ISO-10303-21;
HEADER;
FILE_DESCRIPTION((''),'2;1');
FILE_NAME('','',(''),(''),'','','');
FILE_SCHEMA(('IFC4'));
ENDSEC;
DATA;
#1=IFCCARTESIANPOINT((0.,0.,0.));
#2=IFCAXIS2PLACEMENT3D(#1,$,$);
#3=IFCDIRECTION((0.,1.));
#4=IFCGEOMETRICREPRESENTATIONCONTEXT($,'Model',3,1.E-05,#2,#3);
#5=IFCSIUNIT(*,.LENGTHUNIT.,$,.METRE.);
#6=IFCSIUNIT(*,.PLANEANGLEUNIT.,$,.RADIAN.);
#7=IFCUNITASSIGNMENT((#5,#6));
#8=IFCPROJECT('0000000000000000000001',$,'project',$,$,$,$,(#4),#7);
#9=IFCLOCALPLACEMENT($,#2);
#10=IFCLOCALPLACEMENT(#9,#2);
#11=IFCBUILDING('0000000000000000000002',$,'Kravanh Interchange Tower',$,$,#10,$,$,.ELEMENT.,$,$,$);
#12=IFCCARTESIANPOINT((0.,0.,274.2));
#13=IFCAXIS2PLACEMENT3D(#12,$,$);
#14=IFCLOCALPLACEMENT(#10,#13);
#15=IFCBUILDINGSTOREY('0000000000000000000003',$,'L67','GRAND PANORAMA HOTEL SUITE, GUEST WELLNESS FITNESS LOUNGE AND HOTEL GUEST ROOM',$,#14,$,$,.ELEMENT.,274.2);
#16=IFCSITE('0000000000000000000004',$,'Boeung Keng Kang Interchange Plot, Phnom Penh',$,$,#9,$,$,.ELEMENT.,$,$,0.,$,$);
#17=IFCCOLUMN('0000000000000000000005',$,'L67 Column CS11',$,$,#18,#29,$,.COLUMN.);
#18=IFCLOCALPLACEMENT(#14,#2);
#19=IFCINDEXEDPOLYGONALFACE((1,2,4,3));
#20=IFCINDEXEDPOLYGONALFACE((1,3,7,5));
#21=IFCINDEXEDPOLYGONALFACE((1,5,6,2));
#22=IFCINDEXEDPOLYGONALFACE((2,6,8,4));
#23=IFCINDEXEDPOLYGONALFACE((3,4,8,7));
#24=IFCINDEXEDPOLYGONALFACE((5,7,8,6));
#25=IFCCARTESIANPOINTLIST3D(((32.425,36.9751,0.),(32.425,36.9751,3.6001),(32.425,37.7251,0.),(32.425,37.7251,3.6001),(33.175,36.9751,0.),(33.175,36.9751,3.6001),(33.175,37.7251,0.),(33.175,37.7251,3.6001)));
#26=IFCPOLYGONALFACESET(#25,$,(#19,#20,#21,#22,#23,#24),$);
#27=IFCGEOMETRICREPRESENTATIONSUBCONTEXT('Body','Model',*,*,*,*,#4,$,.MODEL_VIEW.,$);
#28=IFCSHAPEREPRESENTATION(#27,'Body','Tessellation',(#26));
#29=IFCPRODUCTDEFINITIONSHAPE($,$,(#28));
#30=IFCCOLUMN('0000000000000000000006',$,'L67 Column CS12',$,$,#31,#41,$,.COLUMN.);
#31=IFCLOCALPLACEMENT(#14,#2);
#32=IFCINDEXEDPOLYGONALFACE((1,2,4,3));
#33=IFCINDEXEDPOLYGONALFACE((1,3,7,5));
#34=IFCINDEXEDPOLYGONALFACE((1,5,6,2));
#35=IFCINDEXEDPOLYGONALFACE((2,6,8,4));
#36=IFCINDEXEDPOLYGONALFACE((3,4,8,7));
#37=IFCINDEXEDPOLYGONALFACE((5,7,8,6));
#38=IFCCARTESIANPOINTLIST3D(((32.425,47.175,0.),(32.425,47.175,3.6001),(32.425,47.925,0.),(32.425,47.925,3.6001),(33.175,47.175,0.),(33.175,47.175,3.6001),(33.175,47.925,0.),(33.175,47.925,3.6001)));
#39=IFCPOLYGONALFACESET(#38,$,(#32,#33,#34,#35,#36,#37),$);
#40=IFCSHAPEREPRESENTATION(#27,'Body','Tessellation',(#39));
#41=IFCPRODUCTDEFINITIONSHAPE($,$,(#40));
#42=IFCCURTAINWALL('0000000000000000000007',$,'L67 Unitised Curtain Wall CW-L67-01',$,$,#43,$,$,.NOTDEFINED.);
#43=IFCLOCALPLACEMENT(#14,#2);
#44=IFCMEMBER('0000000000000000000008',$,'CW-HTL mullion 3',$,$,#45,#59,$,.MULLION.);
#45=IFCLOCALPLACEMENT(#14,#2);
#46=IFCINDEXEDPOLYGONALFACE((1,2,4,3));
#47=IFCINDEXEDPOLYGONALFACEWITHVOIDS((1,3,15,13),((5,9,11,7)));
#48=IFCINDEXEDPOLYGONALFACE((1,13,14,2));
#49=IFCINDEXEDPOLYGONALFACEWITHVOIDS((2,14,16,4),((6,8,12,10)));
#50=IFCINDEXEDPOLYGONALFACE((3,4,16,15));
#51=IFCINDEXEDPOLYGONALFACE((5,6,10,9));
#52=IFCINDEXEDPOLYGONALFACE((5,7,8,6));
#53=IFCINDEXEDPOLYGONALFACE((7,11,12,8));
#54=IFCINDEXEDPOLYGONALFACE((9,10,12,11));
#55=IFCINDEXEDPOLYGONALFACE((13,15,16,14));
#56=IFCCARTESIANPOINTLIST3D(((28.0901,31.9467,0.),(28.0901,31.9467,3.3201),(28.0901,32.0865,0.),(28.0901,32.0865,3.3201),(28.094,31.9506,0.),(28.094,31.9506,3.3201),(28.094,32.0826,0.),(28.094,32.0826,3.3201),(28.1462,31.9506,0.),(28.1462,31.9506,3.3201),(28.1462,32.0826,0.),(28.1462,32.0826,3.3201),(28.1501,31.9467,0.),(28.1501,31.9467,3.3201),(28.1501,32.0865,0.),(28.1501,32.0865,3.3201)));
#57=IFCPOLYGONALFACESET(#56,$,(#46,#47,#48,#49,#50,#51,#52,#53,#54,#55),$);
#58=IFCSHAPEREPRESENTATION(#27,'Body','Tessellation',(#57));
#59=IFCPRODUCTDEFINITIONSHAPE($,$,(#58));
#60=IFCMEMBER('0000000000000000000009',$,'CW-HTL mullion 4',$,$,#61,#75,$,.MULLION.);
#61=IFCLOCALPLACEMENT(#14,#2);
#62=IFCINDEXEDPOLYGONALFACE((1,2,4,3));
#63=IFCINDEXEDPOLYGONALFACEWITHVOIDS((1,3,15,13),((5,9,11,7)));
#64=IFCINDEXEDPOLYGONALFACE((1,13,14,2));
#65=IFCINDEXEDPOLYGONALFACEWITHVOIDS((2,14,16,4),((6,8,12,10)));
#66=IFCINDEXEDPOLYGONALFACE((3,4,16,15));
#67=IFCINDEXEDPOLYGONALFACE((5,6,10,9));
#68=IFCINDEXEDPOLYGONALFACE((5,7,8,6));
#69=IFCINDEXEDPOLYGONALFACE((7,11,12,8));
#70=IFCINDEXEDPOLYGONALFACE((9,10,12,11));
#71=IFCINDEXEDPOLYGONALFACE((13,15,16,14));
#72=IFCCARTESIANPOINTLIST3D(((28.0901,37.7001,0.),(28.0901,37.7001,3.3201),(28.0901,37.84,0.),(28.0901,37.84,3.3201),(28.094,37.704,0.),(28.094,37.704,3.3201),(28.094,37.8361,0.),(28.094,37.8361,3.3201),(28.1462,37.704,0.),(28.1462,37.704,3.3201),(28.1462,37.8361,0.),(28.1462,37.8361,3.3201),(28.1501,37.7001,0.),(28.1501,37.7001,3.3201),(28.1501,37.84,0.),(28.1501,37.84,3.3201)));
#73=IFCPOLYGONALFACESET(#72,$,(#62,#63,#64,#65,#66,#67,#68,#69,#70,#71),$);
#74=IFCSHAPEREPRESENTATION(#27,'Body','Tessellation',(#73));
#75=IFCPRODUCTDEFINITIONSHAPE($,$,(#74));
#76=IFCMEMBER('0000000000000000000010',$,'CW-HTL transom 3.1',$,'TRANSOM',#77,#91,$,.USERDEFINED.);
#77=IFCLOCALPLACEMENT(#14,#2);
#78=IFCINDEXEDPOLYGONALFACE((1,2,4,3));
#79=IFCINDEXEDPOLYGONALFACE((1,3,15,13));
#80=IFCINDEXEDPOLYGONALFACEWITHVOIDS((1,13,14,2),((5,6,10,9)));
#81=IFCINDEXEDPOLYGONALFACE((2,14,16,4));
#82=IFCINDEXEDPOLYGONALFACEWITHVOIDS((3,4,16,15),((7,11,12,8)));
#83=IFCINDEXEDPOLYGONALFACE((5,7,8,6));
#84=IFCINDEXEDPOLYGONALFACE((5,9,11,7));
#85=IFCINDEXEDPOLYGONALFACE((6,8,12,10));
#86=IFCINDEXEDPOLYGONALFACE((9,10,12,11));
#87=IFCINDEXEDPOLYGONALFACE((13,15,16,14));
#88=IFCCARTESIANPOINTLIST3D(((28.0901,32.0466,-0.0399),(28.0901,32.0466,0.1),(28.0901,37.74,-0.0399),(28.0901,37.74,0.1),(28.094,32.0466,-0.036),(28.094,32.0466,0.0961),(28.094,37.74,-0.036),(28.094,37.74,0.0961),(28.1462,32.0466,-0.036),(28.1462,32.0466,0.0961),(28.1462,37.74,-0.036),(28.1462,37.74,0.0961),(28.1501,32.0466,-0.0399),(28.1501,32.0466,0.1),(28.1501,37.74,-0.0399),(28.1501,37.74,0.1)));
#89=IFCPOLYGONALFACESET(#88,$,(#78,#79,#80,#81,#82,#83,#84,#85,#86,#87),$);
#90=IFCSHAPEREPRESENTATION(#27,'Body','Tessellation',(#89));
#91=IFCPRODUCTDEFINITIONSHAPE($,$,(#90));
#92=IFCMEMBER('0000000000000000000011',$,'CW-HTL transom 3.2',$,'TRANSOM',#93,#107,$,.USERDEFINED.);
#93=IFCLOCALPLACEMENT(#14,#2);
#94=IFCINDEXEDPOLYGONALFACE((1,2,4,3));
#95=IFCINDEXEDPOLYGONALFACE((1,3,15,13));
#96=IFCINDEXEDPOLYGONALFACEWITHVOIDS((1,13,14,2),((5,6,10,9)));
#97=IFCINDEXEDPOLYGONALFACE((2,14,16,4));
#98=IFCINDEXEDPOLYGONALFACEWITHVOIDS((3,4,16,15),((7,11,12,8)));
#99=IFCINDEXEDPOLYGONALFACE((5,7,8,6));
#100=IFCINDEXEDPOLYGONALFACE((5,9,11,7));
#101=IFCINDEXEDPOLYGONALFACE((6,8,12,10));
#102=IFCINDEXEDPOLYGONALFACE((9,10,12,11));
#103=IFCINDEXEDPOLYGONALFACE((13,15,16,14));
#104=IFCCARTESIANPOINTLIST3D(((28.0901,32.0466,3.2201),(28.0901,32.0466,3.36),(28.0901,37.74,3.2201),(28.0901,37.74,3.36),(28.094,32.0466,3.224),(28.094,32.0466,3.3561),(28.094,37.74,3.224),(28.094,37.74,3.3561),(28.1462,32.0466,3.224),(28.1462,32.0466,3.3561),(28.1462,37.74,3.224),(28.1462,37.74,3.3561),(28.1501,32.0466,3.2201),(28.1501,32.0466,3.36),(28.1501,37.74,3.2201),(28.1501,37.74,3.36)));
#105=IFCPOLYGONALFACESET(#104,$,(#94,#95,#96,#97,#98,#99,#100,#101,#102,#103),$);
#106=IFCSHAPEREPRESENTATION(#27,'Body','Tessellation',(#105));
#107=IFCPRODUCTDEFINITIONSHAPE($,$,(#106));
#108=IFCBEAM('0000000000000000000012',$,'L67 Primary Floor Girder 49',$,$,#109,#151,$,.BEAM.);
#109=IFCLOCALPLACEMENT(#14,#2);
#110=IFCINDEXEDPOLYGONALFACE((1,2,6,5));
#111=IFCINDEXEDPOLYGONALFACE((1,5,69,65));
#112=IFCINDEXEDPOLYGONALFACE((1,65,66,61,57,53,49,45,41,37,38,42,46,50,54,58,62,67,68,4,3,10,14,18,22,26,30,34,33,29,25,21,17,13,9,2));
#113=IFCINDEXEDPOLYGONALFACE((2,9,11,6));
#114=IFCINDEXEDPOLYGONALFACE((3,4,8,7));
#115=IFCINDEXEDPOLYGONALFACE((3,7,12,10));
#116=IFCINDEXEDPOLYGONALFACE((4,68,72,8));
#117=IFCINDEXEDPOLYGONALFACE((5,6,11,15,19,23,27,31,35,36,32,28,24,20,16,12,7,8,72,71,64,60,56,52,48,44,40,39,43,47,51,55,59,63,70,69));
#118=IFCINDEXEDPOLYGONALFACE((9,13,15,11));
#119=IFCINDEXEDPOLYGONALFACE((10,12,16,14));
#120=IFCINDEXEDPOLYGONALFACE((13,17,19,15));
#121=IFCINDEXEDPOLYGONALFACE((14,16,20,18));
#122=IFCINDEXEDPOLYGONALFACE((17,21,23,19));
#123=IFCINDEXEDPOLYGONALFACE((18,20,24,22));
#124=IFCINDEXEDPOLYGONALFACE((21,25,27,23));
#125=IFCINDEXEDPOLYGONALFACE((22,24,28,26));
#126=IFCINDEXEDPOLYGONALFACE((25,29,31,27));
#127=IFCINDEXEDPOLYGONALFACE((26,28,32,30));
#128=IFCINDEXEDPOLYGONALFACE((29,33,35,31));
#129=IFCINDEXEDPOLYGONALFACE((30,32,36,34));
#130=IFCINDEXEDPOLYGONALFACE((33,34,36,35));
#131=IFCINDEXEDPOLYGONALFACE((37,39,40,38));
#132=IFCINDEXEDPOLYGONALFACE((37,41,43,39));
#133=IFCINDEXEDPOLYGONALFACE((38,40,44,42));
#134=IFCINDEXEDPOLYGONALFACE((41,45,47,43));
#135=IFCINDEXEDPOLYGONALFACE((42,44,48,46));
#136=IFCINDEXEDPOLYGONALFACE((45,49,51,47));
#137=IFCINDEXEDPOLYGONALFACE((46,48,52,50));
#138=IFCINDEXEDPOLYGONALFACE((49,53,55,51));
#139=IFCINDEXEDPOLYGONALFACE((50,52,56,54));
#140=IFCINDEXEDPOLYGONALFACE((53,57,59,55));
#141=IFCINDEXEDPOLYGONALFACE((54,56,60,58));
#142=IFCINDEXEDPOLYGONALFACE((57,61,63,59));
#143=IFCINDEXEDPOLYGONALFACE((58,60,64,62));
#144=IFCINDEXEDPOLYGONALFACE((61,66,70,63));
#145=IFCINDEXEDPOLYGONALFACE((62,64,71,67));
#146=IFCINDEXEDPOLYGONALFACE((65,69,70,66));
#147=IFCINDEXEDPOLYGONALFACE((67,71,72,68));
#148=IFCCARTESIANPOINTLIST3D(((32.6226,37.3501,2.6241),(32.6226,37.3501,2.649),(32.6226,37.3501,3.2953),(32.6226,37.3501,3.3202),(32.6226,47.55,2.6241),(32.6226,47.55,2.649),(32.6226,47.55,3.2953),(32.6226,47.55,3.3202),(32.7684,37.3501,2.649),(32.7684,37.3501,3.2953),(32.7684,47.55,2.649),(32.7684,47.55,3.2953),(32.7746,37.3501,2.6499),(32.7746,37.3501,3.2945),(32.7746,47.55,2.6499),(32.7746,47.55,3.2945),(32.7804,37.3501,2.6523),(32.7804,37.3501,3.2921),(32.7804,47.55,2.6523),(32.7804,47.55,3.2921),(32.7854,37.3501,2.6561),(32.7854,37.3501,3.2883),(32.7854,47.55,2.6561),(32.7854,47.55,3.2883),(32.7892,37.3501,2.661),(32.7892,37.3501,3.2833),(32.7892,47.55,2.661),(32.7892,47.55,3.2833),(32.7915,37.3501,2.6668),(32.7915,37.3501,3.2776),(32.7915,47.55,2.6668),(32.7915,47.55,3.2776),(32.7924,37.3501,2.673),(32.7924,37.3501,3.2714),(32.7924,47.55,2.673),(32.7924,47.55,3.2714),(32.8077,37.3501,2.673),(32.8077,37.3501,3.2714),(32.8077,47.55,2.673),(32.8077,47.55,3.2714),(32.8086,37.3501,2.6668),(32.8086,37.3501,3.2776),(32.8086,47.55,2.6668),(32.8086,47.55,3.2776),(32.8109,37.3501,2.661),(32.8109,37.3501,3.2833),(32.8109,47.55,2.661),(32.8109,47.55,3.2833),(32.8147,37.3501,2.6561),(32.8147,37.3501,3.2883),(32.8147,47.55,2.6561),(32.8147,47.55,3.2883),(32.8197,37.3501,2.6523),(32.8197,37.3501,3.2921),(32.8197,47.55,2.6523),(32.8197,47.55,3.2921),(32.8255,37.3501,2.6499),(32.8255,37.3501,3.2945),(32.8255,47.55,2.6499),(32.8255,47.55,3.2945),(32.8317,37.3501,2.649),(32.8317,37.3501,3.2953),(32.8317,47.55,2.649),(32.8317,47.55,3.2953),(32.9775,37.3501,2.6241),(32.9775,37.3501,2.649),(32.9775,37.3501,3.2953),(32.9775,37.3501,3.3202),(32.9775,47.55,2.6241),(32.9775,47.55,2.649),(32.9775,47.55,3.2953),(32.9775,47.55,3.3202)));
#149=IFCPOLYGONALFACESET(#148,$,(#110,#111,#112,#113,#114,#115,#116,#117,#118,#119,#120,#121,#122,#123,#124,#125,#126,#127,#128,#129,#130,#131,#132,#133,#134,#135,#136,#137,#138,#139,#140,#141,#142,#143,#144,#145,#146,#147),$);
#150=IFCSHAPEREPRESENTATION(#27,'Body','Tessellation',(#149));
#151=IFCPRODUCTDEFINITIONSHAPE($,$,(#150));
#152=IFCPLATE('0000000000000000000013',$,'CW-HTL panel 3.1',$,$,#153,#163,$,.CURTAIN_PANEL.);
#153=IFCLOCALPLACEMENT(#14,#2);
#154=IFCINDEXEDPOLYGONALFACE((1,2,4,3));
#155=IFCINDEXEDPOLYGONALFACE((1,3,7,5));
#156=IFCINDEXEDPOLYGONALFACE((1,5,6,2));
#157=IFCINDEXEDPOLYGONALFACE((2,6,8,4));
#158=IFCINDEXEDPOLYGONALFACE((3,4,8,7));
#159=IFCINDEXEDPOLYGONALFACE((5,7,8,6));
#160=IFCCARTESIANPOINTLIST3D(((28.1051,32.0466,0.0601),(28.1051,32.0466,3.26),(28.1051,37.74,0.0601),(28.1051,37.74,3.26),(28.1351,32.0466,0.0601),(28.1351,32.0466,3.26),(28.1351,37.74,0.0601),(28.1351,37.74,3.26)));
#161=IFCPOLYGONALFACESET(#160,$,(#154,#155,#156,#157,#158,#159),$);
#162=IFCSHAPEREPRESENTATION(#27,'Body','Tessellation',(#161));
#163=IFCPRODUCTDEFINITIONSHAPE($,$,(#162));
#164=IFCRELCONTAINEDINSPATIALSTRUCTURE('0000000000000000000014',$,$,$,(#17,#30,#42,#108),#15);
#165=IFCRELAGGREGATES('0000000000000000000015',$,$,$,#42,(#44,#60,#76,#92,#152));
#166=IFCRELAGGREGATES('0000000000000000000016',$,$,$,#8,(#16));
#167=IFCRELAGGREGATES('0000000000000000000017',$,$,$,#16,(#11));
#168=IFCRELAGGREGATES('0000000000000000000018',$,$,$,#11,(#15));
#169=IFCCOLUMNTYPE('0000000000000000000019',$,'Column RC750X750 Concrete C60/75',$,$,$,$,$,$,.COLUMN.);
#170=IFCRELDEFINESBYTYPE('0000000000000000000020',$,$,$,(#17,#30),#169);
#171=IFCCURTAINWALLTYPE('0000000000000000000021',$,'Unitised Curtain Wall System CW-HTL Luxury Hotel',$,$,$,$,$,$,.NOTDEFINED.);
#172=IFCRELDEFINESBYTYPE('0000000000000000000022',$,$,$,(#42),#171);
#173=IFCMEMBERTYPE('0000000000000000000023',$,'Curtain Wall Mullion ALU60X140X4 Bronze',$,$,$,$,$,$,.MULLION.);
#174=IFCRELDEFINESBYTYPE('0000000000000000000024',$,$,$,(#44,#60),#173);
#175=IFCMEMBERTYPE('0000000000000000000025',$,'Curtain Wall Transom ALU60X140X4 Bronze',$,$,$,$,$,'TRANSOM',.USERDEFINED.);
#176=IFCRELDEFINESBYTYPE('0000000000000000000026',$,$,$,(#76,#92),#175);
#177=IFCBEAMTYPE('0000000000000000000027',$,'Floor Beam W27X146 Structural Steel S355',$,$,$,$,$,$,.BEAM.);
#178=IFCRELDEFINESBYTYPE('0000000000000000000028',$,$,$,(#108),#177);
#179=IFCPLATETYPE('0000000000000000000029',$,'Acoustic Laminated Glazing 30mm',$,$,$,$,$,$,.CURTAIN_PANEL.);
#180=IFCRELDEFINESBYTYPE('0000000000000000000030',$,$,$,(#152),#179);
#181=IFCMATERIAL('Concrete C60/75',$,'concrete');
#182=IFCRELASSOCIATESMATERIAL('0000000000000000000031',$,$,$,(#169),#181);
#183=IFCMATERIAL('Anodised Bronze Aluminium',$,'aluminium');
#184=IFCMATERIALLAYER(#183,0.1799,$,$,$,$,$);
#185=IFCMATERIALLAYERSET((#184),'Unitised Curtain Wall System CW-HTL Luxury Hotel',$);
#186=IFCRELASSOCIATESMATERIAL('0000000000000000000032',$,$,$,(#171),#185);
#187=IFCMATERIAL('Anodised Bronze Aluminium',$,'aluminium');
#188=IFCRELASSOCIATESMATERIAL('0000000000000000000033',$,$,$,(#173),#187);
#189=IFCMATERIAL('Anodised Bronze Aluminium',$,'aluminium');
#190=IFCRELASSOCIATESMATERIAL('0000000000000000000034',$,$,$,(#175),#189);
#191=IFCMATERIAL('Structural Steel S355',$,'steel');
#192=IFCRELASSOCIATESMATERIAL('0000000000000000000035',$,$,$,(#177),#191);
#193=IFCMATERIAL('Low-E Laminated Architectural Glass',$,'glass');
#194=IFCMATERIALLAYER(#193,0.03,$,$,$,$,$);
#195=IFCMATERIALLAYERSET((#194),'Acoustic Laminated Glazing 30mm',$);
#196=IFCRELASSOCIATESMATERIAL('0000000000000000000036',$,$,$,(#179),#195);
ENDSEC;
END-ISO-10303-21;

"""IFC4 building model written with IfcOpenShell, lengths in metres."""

from ifc_helpers import new_model, si_unit, direction, frame, origin, origin_2d, place, context, subcontext, project, spatial, rectangle, hollow_rectangle, i_section, extrude, material, layer, layer_set, material_profile, profile_set, type_object, element, aggregate, save


model = new_model("IFC4")

# Units and contexts
model_context = context("Model", 3, precision=1e-05, world=origin(), true_north=direction((0.0, 1.0)))
body_context = subcontext(model_context, "Body", "Model", "MODEL_VIEW")
ifc_project = project(units=[si_unit("LENGTHUNIT", "METRE"), si_unit("PLANEANGLEUNIT", "RADIAN")], contexts=[model_context])

# Site, building, storey
site_placement = place(None, origin())
site = spatial("IfcSite", under=ifc_project, at=site_placement, Name="Boeung Keng Kang Interchange Plot, Phnom Penh", CompositionType="ELEMENT", RefElevation=0.0)
building_placement = place(site_placement, origin())
building = spatial("IfcBuilding", under=site, at=building_placement, Name="Kravanh Interchange Tower", CompositionType="ELEMENT")
storey_placement = place(building_placement, frame((0.0, 0.0, 274.2)))
storey = spatial("IfcBuildingStorey", under=building, at=storey_placement, Name="L67", Description="GRAND PANORAMA HOTEL SUITE, GUEST WELLNESS FITNESS LOUNGE AND HOTEL GUEST ROOM", CompositionType="ELEMENT", Elevation=274.2)

# Columns
ifc_material_1 = material(Name="Concrete C60/75", Category="concrete")
ifc_material_profile_1 = material_profile(ifc_material_1, rectangle(XDim=0.75, YDim=0.75, at=origin_2d()), Name="RC750X750")
ifc_profile_set_1 = profile_set([ifc_material_profile_1], Name="Concrete C60/75")
column_type = type_object("IfcColumnType", Name="Column RC750X750 Concrete C60/75", PredefinedType="COLUMN", material=ifc_profile_set_1)
for number, where, z_axis, x_axis, name in (
    (1, (32.8, 37.3501, 0.0), (0.0, 0.0, 1.0), (1.0, 0.0, 0.0), "L67 Column CS11"),
    (2, (32.8, 47.55, 0.0), (0.0, 0.0, 1.0), (1.0, 0.0, 0.0), "L67 Column CS12"),
):
    element("IfcColumn", number, at=place(storey_placement, frame(where, z_axis=z_axis, x_axis=x_axis)), inside=storey, type_object=column_type, Name=name, PredefinedType="COLUMN", context=body_context, shape_type="SweptSolid", body=[
        extrude(rectangle(XDim=0.75, YDim=0.75, at=origin_2d()), origin(), (0.0, 0.0, 1.0), 3.6001),
    ])

# Curtain wall, members
ifc_material_2 = material(Name="Anodised Bronze Aluminium", Category="aluminium")
ifc_layer_1 = layer(ifc_material_2, 0.1799)
ifc_layer_set_1 = layer_set([ifc_layer_1], Name="Unitised Curtain Wall System CW-HTL Luxury Hotel")
curtain_wall_type = type_object("IfcCurtainWallType", Name="Unitised Curtain Wall System CW-HTL Luxury Hotel", PredefinedType="NOTDEFINED", material=ifc_layer_set_1)
curtain_wall_placement = place(storey_placement, origin())
curtain_wall = element("IfcCurtainWall", 3, at=curtain_wall_placement, inside=storey, type_object=curtain_wall_type, Name="L67 Unitised Curtain Wall CW-L67-01", PredefinedType="NOTDEFINED")
ifc_material_3 = material(Name="Anodised Bronze Aluminium", Category="aluminium")
ifc_material_profile_2 = material_profile(ifc_material_3, hollow_rectangle(XDim=0.0601, YDim=0.1399, WallThickness=0.0039, at=origin_2d()), Name="ALU60X140X4")
ifc_profile_set_2 = profile_set([ifc_material_profile_2], Name="Anodised Bronze Aluminium")
member_type_1 = type_object("IfcMemberType", Name="Curtain Wall Mullion ALU60X140X4 Bronze", PredefinedType="MULLION", material=ifc_profile_set_2)
member_1_placement = place(storey_placement, frame((28.1201, 32.0166, 0.0), z_axis=(0.0, 0.0, 1.0), x_axis=(-1.0, 0.0, 0.0)))
member_1 = element("IfcMember", 4, at=member_1_placement, type_object=member_type_1, Name="CW-HTL mullion 3", PredefinedType="MULLION", context=body_context, shape_type="SweptSolid", body=[
    extrude(hollow_rectangle(XDim=0.0601, YDim=0.1399, WallThickness=0.0039, at=origin_2d()), origin(), (0.0, 0.0, 1.0), 3.3201),
])
member_2_placement = place(storey_placement, frame((28.1201, 37.77, 0.0), z_axis=(0.0, 0.0, 1.0), x_axis=(-1.0, 0.0, 0.0)))
member_2 = element("IfcMember", 5, at=member_2_placement, type_object=member_type_1, Name="CW-HTL mullion 4", PredefinedType="MULLION", context=body_context, shape_type="SweptSolid", body=[
    extrude(hollow_rectangle(XDim=0.0601, YDim=0.1399, WallThickness=0.0039, at=origin_2d()), origin(), (0.0, 0.0, 1.0), 3.3201),
])
ifc_material_4 = material(Name="Anodised Bronze Aluminium", Category="aluminium")
ifc_material_profile_3 = material_profile(ifc_material_4, hollow_rectangle(XDim=0.0601, YDim=0.1399, WallThickness=0.0039, at=origin_2d()), Name="ALU60X140X4")
ifc_profile_set_3 = profile_set([ifc_material_profile_3], Name="Anodised Bronze Aluminium")
member_type_2 = type_object("IfcMemberType", Name="Curtain Wall Transom ALU60X140X4 Bronze", ElementType="TRANSOM", PredefinedType="USERDEFINED", material=ifc_profile_set_3)
member_3_placement = place(storey_placement, frame((28.1201, 32.0466, 0.03), z_axis=(0.0, 1.0, 0.0), x_axis=(-1.0, 0.0, 0.0)))
member_3 = element("IfcMember", 6, at=member_3_placement, type_object=member_type_2, Name="CW-HTL transom 3.1", ObjectType="TRANSOM", PredefinedType="USERDEFINED", context=body_context, shape_type="SweptSolid", body=[
    extrude(hollow_rectangle(XDim=0.0601, YDim=0.1399, WallThickness=0.0039, at=origin_2d()), origin(), (0.0, 0.0, 1.0), 5.6934),
])
member_4_placement = place(storey_placement, frame((28.1201, 32.0466, 3.29), z_axis=(0.0, 1.0, 0.0), x_axis=(-1.0, 0.0, 0.0)))
member_4 = element("IfcMember", 7, at=member_4_placement, type_object=member_type_2, Name="CW-HTL transom 3.2", ObjectType="TRANSOM", PredefinedType="USERDEFINED", context=body_context, shape_type="SweptSolid", body=[
    extrude(hollow_rectangle(XDim=0.0601, YDim=0.1399, WallThickness=0.0039, at=origin_2d()), origin(), (0.0, 0.0, 1.0), 5.6934),
])

# Beam
ifc_material_5 = material(Name="Structural Steel S355", Category="steel")
ifc_material_profile_4 = material_profile(ifc_material_5, i_section(OverallWidth=0.355, OverallDepth=0.696, WebThickness=0.0154, FlangeThickness=0.0249, FilletRadius=0.0239, at=origin_2d()), Name="W27X146")
ifc_profile_set_4 = profile_set([ifc_material_profile_4], Name="Structural Steel S355")
beam_type = type_object("IfcBeamType", Name="Floor Beam W27X146 Structural Steel S355", PredefinedType="BEAM", material=ifc_profile_set_4)
beam_placement = place(storey_placement, frame((32.8, 37.3501, 2.9722), z_axis=(0.0, 1.0, 0.0), x_axis=(-1.0, 0.0, 0.0)))
element("IfcBeam", 8, at=beam_placement, inside=storey, type_object=beam_type, Name="L67 Primary Floor Girder 49", PredefinedType="BEAM", context=body_context, shape_type="SweptSolid", body=[
    extrude(i_section(OverallWidth=0.355, OverallDepth=0.696, WebThickness=0.0154, FlangeThickness=0.0249, FilletRadius=0.0239, at=origin_2d()), origin(), (0.0, 0.0, 1.0), 10.2),
])

# Plate
ifc_material_6 = material(Name="Low-E Laminated Architectural Glass", Category="glass")
ifc_layer_2 = layer(ifc_material_6, 0.03)
ifc_layer_set_2 = layer_set([ifc_layer_2], Name="Acoustic Laminated Glazing 30mm")
plate_type = type_object("IfcPlateType", Name="Acoustic Laminated Glazing 30mm", PredefinedType="CURTAIN_PANEL", material=ifc_layer_set_2)
plate_placement = place(storey_placement, frame((28.1201, 34.8933, 0.0601), z_axis=(0.0, 0.0, 1.0), x_axis=(0.0, 1.0, 0.0)))
plate = element("IfcPlate", 9, at=plate_placement, type_object=plate_type, Name="CW-HTL panel 3.1", PredefinedType="CURTAIN_PANEL", context=body_context, shape_type="SweptSolid", body=[
    extrude(rectangle(XDim=5.6934, YDim=0.03, at=origin_2d()), origin(), (0.0, 0.0, 1.0), 3.2),
])
aggregate(curtain_wall, [member_1, member_2, member_3, member_4, plate])

save(model, "model.ifc")
